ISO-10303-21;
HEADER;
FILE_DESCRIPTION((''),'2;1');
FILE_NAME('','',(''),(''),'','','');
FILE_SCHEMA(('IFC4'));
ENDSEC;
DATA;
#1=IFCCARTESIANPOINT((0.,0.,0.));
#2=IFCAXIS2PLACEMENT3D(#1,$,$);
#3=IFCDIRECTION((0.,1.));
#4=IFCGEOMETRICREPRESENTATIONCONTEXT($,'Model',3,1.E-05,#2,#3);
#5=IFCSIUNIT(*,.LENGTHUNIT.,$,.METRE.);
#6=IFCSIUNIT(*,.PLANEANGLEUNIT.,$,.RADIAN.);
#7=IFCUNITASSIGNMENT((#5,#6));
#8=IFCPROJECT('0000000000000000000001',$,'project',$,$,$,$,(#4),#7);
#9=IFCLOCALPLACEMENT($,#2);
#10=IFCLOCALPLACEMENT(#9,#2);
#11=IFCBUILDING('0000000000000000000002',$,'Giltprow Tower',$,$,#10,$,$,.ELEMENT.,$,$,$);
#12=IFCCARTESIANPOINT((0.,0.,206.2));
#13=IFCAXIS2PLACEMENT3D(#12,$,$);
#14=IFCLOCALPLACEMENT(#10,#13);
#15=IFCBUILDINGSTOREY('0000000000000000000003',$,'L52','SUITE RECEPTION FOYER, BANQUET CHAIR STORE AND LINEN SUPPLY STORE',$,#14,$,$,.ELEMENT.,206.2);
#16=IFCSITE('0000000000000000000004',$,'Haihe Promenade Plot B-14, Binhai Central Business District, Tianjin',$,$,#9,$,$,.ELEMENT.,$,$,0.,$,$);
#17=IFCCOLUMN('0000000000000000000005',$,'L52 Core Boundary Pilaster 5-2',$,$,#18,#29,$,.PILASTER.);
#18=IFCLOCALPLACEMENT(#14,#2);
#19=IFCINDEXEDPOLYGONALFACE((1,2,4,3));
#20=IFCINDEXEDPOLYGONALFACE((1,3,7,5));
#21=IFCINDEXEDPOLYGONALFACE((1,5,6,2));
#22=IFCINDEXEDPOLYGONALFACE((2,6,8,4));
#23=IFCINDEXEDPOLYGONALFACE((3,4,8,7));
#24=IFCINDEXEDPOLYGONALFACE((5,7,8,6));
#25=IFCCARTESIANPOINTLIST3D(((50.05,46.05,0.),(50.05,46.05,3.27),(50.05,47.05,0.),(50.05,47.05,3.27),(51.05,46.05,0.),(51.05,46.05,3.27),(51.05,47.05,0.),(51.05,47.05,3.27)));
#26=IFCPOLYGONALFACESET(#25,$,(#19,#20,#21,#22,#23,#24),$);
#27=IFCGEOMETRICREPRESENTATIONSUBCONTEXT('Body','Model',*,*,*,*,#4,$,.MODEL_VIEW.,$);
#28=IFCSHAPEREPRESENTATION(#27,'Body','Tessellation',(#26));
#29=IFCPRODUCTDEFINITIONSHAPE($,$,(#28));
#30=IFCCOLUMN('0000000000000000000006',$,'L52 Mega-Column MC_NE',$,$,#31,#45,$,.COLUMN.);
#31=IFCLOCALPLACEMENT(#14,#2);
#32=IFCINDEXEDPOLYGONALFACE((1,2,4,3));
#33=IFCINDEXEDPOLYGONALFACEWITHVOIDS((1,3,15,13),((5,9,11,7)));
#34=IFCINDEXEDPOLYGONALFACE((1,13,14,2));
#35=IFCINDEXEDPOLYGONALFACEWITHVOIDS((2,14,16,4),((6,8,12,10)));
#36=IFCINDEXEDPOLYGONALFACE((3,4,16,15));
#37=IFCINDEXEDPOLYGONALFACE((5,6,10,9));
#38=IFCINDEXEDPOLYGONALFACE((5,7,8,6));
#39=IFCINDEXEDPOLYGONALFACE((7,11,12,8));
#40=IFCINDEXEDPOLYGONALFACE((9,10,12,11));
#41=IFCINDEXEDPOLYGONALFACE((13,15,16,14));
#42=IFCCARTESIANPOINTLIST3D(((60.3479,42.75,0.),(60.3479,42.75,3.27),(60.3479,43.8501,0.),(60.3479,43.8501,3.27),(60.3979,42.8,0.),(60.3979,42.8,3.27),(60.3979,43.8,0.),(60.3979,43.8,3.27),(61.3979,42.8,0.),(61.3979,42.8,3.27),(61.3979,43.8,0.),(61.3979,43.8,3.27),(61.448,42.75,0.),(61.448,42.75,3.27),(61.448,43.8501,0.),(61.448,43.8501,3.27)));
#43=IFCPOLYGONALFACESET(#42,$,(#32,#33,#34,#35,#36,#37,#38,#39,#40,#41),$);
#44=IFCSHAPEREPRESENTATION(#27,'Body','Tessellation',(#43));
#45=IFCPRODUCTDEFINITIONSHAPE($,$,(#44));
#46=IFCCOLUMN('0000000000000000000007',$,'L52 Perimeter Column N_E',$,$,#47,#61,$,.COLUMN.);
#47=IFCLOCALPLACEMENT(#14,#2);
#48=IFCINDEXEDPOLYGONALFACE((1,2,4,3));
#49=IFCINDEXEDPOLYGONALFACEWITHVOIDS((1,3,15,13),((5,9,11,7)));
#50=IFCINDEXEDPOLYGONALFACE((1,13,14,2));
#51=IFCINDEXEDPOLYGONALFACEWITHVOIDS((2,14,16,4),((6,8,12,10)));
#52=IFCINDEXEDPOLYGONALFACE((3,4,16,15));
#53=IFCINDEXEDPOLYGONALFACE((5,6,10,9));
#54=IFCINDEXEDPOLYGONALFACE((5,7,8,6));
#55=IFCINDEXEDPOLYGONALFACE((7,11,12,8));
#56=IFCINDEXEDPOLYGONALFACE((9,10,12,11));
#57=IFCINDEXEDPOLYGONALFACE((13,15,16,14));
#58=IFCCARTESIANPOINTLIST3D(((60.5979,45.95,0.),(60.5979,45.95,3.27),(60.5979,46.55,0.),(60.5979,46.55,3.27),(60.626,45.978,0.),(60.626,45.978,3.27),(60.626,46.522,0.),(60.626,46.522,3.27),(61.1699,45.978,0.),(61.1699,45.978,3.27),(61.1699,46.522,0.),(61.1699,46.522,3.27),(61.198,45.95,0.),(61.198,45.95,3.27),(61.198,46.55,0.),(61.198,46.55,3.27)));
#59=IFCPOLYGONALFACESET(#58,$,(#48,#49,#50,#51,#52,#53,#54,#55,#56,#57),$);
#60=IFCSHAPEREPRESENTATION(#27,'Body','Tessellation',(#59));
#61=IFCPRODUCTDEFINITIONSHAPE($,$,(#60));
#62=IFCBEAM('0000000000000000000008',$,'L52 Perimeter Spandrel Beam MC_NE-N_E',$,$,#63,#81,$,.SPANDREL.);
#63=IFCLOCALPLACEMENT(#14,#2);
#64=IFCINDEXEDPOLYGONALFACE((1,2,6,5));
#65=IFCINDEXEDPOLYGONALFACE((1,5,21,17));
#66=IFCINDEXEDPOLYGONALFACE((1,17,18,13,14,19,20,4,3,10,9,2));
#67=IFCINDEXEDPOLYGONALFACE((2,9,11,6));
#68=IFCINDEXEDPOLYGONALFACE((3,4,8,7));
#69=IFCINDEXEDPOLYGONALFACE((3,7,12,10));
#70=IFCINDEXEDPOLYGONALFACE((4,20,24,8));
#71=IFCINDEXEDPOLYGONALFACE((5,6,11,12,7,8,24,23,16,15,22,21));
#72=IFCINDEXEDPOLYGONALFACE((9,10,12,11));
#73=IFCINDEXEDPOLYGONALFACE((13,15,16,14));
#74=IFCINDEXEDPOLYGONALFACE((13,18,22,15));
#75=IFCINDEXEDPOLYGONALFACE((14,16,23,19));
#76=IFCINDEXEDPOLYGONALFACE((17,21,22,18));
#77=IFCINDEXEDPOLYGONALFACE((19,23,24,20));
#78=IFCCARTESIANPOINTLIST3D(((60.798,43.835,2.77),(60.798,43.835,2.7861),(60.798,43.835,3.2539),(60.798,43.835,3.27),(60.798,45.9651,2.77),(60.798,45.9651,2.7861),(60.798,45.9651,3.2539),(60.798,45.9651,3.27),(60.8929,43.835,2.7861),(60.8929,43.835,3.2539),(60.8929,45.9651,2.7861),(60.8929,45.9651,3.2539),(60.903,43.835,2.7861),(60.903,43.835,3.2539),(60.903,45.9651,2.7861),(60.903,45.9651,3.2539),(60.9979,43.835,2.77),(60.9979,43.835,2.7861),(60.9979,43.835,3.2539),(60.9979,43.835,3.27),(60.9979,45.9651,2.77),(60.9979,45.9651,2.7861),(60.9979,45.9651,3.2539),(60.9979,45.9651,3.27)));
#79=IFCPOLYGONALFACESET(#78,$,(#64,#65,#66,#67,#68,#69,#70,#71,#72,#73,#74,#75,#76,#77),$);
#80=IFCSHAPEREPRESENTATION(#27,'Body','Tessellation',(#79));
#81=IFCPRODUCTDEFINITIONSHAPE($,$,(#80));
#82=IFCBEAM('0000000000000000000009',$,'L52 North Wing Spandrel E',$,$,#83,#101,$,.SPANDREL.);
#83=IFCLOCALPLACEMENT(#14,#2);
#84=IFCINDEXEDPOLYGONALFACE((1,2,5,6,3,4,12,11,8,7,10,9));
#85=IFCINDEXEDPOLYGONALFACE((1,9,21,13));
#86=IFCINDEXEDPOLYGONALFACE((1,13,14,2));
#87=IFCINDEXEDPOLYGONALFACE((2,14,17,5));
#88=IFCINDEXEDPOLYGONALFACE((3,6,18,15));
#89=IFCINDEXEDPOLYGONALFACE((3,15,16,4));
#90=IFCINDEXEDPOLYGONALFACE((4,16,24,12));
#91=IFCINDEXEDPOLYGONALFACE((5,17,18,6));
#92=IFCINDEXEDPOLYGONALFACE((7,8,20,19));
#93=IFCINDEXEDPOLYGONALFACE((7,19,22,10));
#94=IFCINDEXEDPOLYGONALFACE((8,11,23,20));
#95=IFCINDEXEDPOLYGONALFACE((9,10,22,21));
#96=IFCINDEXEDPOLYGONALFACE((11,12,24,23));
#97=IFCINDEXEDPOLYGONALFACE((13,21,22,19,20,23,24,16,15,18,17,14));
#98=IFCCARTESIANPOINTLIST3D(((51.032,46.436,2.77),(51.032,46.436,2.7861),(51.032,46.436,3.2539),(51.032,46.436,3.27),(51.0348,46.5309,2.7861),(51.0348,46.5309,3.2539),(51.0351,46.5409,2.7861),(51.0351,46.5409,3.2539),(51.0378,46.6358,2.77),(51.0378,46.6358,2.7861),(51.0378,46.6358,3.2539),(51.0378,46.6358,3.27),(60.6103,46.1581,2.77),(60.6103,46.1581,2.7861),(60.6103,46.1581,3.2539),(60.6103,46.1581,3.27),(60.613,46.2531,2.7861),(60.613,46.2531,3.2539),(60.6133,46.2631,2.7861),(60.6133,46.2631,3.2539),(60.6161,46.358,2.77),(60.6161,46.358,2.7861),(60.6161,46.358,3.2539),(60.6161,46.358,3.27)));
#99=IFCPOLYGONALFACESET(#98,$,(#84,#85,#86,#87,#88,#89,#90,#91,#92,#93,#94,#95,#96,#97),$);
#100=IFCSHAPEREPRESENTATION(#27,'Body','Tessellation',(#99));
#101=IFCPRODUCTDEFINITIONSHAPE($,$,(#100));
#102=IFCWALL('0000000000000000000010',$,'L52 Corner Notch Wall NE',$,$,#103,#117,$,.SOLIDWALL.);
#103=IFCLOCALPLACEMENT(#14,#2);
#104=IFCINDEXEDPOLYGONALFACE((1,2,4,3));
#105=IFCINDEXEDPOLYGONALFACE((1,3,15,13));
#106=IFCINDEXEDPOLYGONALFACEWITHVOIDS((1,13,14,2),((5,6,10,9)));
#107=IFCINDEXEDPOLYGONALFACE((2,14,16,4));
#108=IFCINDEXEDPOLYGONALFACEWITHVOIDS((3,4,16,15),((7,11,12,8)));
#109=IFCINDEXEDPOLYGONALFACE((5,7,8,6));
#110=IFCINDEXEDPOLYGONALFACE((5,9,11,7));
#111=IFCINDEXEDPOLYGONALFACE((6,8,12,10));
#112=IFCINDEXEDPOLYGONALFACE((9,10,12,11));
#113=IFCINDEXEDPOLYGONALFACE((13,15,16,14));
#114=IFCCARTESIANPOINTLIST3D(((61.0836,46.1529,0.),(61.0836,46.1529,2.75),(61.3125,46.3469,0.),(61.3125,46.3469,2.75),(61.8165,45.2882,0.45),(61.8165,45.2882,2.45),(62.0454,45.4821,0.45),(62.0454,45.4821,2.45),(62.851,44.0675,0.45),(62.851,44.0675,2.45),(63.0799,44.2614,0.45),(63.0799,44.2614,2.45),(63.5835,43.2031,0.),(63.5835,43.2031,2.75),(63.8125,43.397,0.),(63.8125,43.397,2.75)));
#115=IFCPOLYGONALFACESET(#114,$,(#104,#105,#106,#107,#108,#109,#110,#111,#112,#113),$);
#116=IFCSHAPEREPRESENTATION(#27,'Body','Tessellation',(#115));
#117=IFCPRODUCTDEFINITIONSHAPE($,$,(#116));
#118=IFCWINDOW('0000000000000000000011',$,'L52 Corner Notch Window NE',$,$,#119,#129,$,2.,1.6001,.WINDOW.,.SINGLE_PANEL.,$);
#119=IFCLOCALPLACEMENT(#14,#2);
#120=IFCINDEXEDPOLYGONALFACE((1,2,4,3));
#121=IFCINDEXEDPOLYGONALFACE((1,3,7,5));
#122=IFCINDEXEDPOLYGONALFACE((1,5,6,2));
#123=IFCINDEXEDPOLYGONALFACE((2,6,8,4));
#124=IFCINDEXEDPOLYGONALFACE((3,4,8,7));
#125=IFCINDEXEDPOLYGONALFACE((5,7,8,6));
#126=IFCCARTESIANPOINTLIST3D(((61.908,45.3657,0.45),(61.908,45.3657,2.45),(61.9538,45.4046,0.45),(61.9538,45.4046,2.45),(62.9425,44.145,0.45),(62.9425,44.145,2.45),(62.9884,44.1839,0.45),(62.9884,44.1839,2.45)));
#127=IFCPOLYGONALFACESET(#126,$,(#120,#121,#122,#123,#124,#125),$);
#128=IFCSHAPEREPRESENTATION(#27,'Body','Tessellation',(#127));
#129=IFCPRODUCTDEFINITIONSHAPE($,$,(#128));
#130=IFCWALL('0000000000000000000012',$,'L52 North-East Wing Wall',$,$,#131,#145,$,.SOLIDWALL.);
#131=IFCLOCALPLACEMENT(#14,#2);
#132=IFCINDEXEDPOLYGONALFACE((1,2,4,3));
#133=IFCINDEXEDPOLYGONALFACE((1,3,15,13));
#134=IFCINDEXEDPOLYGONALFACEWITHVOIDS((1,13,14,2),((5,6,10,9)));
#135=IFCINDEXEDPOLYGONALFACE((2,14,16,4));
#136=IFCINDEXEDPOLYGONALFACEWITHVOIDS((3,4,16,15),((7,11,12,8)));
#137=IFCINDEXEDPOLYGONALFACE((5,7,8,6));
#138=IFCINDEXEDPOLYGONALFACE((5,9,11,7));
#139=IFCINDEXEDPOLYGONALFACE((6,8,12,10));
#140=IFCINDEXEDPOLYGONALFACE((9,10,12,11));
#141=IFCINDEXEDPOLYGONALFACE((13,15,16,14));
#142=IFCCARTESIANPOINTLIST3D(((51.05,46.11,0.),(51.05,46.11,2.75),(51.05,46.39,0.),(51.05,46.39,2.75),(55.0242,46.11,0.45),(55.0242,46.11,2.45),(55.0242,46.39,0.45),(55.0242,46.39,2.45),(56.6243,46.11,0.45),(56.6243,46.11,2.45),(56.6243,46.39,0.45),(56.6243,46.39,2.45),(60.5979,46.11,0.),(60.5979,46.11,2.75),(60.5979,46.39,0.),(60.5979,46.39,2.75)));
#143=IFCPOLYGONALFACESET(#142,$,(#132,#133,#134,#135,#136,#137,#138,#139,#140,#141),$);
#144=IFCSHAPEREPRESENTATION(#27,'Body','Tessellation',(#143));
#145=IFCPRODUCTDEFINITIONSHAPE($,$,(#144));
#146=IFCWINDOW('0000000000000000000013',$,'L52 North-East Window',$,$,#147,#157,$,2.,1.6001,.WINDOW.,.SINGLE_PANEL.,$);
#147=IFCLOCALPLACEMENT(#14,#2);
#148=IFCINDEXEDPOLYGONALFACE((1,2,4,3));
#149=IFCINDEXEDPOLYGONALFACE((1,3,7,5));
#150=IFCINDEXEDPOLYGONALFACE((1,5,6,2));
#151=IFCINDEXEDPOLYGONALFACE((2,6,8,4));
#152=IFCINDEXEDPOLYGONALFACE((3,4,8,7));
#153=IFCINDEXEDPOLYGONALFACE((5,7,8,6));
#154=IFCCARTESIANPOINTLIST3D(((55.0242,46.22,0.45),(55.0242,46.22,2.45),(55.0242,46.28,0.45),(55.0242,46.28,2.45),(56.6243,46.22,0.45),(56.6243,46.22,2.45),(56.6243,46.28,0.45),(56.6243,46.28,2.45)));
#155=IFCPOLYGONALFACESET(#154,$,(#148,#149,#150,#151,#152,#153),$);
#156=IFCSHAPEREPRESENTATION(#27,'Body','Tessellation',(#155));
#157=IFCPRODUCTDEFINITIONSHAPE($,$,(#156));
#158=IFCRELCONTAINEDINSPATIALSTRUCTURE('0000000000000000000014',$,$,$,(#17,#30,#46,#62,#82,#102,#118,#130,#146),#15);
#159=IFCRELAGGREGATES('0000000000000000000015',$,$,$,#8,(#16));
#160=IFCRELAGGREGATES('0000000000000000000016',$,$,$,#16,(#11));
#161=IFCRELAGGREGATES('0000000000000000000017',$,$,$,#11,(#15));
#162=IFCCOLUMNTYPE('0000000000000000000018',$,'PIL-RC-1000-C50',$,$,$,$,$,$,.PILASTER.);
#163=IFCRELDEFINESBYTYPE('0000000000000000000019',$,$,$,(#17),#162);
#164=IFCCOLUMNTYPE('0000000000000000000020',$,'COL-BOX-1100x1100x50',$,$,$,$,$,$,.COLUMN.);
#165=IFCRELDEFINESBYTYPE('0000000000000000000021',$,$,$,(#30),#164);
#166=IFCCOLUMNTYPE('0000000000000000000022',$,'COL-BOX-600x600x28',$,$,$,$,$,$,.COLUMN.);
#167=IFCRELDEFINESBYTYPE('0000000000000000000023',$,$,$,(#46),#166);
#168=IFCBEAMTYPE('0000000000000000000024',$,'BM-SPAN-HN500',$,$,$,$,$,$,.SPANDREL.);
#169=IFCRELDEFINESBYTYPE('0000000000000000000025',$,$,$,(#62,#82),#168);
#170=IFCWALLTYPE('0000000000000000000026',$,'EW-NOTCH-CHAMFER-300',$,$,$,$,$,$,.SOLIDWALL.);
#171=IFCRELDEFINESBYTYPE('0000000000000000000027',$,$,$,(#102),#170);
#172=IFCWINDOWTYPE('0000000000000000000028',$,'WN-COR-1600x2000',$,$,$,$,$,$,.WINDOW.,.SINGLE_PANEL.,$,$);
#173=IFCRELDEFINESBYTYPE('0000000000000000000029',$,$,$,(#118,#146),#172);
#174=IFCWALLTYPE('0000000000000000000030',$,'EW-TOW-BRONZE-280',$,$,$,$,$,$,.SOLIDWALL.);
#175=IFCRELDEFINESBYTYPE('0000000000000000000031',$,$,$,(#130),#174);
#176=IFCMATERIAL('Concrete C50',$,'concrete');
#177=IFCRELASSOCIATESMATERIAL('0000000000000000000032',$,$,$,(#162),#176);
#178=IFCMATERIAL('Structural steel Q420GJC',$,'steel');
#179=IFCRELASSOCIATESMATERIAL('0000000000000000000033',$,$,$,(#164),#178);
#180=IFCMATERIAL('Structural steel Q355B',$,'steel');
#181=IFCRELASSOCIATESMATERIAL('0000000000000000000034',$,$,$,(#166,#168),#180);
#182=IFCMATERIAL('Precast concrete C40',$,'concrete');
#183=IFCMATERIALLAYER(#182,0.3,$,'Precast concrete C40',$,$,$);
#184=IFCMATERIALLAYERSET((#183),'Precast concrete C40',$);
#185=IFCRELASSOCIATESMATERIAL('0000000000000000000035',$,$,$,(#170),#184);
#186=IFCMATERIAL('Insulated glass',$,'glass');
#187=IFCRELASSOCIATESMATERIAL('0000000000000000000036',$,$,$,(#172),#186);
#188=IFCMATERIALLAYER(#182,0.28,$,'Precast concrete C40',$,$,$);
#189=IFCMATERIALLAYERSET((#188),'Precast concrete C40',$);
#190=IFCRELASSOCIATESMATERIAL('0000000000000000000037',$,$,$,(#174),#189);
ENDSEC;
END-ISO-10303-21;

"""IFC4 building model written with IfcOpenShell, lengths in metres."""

from ifc_helpers import new_model, si_unit, direction, frame, frame_2d, origin, origin_2d, place, context, subcontext, project, spatial, rectangle, hollow_rectangle, i_section, extrude, source, transform, mapped, material, layer, layer_set, material_profile, profile_set, type_object, element, fill, save


model = new_model("IFC4")

# Units and contexts
model_context = context("Model", 3, precision=1e-05, world=origin(), true_north=direction((0.0, 1.0)))
body_context = subcontext(model_context, "Body", "Model", "MODEL_VIEW")
ifc_project = project(units=[si_unit("LENGTHUNIT", "METRE"), si_unit("PLANEANGLEUNIT", "RADIAN")], contexts=[model_context])

# Site, building, storey
site_placement = place(None, origin())
site = spatial("IfcSite", under=ifc_project, at=site_placement, Name="Haihe Promenade Plot B-14, Binhai Central Business District, Tianjin", CompositionType="ELEMENT", RefElevation=0.0)
building_placement = place(site_placement, origin())
building = spatial("IfcBuilding", under=site, at=building_placement, Name="Giltprow Tower", CompositionType="ELEMENT")
storey_placement = place(building_placement, frame((0.0, 0.0, 206.2)))
storey = spatial("IfcBuildingStorey", under=building, at=storey_placement, Name="L52", Description="SUITE RECEPTION FOYER, BANQUET CHAIR STORE AND LINEN SUPPLY STORE", CompositionType="ELEMENT", Elevation=206.2)

# Columns
ifc_material_1 = material(Name="Concrete C50", Category="concrete")
ifc_material_profile_1 = material_profile(ifc_material_1, rectangle(XDim=1.0, YDim=1.0, at=origin_2d()), Name="RC 1000x1000")
ifc_profile_set_1 = profile_set([ifc_material_profile_1], Name="Concrete C50")
column_type_1 = type_object("IfcColumnType", Name="PIL-RC-1000-C50", PredefinedType="PILASTER", material=ifc_profile_set_1)
shared_shape_1 = source(origin(), body_context, "Body", "SweptSolid", [
    extrude(rectangle(XDim=1.0, YDim=1.0, at=origin_2d()), origin(), (0.0, 0.0, 1.0), 3.27),
])
column_1_placement = place(storey_placement, frame((50.55, 46.55, 0.0), z_axis=(0.0, 0.0, 1.0), x_axis=(1.0, 0.0, 0.0)))
element("IfcColumn", 1, at=column_1_placement, inside=storey, type_object=column_type_1, Name="L52 Core Boundary Pilaster 5-2", PredefinedType="PILASTER", context=body_context, shape_type="MappedRepresentation", body=[
    mapped(shared_shape_1, transform((0.0, 0.0, 0.0), x_axis=(1.0, 0.0, 0.0), y_axis=(0.0, 1.0, 0.0), z_axis=(0.0, 0.0, 1.0), scale=1.0)),
])
ifc_material_2 = material(Name="Structural steel Q420GJC", Category="steel")
ifc_material_profile_2 = material_profile(ifc_material_2, hollow_rectangle(XDim=1.1001, YDim=1.1001, WallThickness=0.05, at=origin_2d()), Name="BOX 1100x1100x50")
ifc_profile_set_2 = profile_set([ifc_material_profile_2], Name="Structural steel Q420GJC")
column_type_2 = type_object("IfcColumnType", Name="COL-BOX-1100x1100x50", PredefinedType="COLUMN", material=ifc_profile_set_2)
shared_shape_2 = source(origin(), body_context, "Body", "SweptSolid", [
    extrude(hollow_rectangle(XDim=1.1001, YDim=1.1001, WallThickness=0.05, at=origin_2d()), origin(), (0.0, 0.0, 1.0), 3.27),
])
column_2_placement = place(storey_placement, frame((60.8979, 43.3, 0.0), z_axis=(0.0, 0.0, 1.0), x_axis=(1.0, 0.0, 0.0)))
element("IfcColumn", 2, at=column_2_placement, inside=storey, type_object=column_type_2, Name="L52 Mega-Column MC_NE", PredefinedType="COLUMN", context=body_context, shape_type="MappedRepresentation", body=[
    mapped(shared_shape_2, transform((0.0, 0.0, 0.0), x_axis=(1.0, 0.0, 0.0), y_axis=(0.0, 1.0, 0.0), z_axis=(0.0, 0.0, 1.0), scale=1.0)),
])
ifc_material_3 = material(Name="Structural steel Q355B", Category="steel")
ifc_material_profile_3 = material_profile(ifc_material_3, hollow_rectangle(XDim=0.6001, YDim=0.6001, WallThickness=0.0281, at=origin_2d()), Name="BOX 600x600x28")
ifc_profile_set_3 = profile_set([ifc_material_profile_3], Name="Structural steel Q355B")
column_type_3 = type_object("IfcColumnType", Name="COL-BOX-600x600x28", PredefinedType="COLUMN", material=ifc_profile_set_3)
shared_shape_3 = source(origin(), body_context, "Body", "SweptSolid", [
    extrude(hollow_rectangle(XDim=0.6001, YDim=0.6001, WallThickness=0.0281, at=origin_2d()), origin(), (0.0, 0.0, 1.0), 3.27),
])
column_3_placement = place(storey_placement, frame((60.8979, 46.25, 0.0), z_axis=(0.0, 0.0, 1.0), x_axis=(1.0, 0.0, 0.0)))
element("IfcColumn", 3, at=column_3_placement, inside=storey, type_object=column_type_3, Name="L52 Perimeter Column N_E", PredefinedType="COLUMN", context=body_context, shape_type="MappedRepresentation", body=[
    mapped(shared_shape_3, transform((0.0, 0.0, 0.0), x_axis=(1.0, 0.0, 0.0), y_axis=(0.0, 1.0, 0.0), z_axis=(0.0, 0.0, 1.0), scale=1.0)),
])

# Beams
ifc_material_profile_4 = material_profile(ifc_material_3, i_section(OverallWidth=0.2, OverallDepth=0.5, WebThickness=0.01, FlangeThickness=0.0161, at=origin_2d()), Name="HN 500x200x10x16")
ifc_profile_set_4 = profile_set([ifc_material_profile_4], Name="Structural steel Q355B")
beam_type = type_object("IfcBeamType", Name="BM-SPAN-HN500", PredefinedType="SPANDREL", material=ifc_profile_set_4)
shared_shape_4 = source(origin(), body_context, "Body", "SweptSolid", [
    extrude(i_section(OverallWidth=0.2, OverallDepth=0.5, WebThickness=0.01, FlangeThickness=0.0161, at=origin_2d()), origin(), (0.0, 0.0, 1.0), 2.1301),
])
beam_1_placement = place(storey_placement, frame((60.8979, 43.835, 3.02), z_axis=(0.0, 1.0, 0.0), x_axis=(-1.0, 0.0, 0.0)))
element("IfcBeam", 4, at=beam_1_placement, inside=storey, type_object=beam_type, Name="L52 Perimeter Spandrel Beam MC_NE-N_E", PredefinedType="SPANDREL", context=body_context, shape_type="MappedRepresentation", body=[
    mapped(shared_shape_4, transform((0.0, 0.0, 0.0), x_axis=(1.0, 0.0, 0.0), y_axis=(0.0, 1.0, 0.0), z_axis=(0.0, 0.0, 1.0), scale=1.0)),
])
shared_shape_5 = source(origin(), body_context, "Body", "SweptSolid", [
    extrude(i_section(OverallWidth=0.2, OverallDepth=0.5, WebThickness=0.01, FlangeThickness=0.0161, at=origin_2d()), origin(), (0.0, 0.0, 1.0), 9.5823),
])
beam_2_placement = place(storey_placement, frame((51.0349, 46.5359, 3.02), z_axis=(0.99958, -0.028995, 0.0), x_axis=(0.028995, 0.99958, 0.0)))
element("IfcBeam", 5, at=beam_2_placement, inside=storey, type_object=beam_type, Name="L52 North Wing Spandrel E", PredefinedType="SPANDREL", context=body_context, shape_type="MappedRepresentation", body=[
    mapped(shared_shape_5, transform((0.0, 0.0, 0.0), x_axis=(1.0, 0.0, 0.0), y_axis=(0.0, 1.0, 0.0), z_axis=(0.0, 0.0, 1.0), scale=1.0)),
])

# Walls, openings, windows
ifc_material_4 = material(Name="Precast concrete C40", Category="concrete")
ifc_layer_1 = layer(ifc_material_4, 0.3, Name="Precast concrete C40")
ifc_layer_set_1 = layer_set([ifc_layer_1], Name="Precast concrete C40")
wall_type_1 = type_object("IfcWallType", Name="EW-NOTCH-CHAMFER-300", PredefinedType="SOLIDWALL", material=ifc_layer_set_1)
wall_1_placement = place(storey_placement, frame((63.698, 43.3, 0.0), z_axis=(0.0, 0.0, 1.0), x_axis=(-0.646528, 0.76289, 0.0)))
wall_1 = element("IfcWall", 6, at=wall_1_placement, inside=storey, type_object=wall_type_1, Name="L52 Corner Notch Wall NE", PredefinedType="SOLIDWALL", context=body_context, shape_type="SweptSolid", body=[
    extrude(rectangle(XDim=3.8667, YDim=0.3, at=frame_2d((1.9333, 0.0))), origin(), (0.0, 0.0, 1.0), 2.75),
])
opening_1_placement = place(wall_1_placement, frame((1.1331, 0.0, 0.45)))
opening_1 = element("IfcOpeningElement", 7, at=opening_1_placement, cuts=wall_1, PredefinedType="OPENING", context=body_context, shape_type="SweptSolid", body=[
    extrude(rectangle(XDim=1.6001, YDim=2.0, at=frame_2d((0.8, 1.0))), frame((0.0, 0.1599, 0.0), z_axis=(0.0, -1.0, 0.0), x_axis=(1.0, 0.0, 0.0)), (0.0, 0.0, 1.0), 0.3201),
])
ifc_material_5 = material(Name="Insulated glass", Category="glass")
window_type = type_object("IfcWindowType", Name="WN-COR-1600x2000", PartitioningType="SINGLE_PANEL", PredefinedType="WINDOW", material=ifc_material_5)
shared_shape_6 = source(origin(), body_context, "Body", "SweptSolid", [
    extrude(rectangle(XDim=1.6001, YDim=2.0, at=frame_2d((0.8, 1.0))), frame((0.0, 0.03, 0.0), z_axis=(0.0, -1.0, 0.0), x_axis=(1.0, 0.0, 0.0)), (0.0, 0.0, 1.0), 0.0601),
])
window_1_placement = place(opening_1_placement, origin())
window_1 = element("IfcWindow", 8, at=window_1_placement, inside=storey, type_object=window_type, Name="L52 Corner Notch Window NE", OverallHeight=2.0, OverallWidth=1.6001, PartitioningType="SINGLE_PANEL", PredefinedType="WINDOW", context=body_context, shape_type="MappedRepresentation", body=[
    mapped(shared_shape_6, transform((0.0, 0.0, 0.0), x_axis=(1.0, 0.0, 0.0), y_axis=(0.0, 1.0, 0.0), z_axis=(0.0, 0.0, 1.0), scale=1.0)),
])
fill(opening_1, window_1)
ifc_layer_2 = layer(ifc_material_4, 0.28, Name="Precast concrete C40")
ifc_layer_set_2 = layer_set([ifc_layer_2], Name="Precast concrete C40")
wall_type_2 = type_object("IfcWallType", Name="EW-TOW-BRONZE-280", PredefinedType="SOLIDWALL", material=ifc_layer_set_2)
wall_2_placement = place(storey_placement, frame((51.05, 46.25, 0.0), z_axis=(0.0, 0.0, 1.0), x_axis=(1.0, 0.0, 0.0)))
wall_2 = element("IfcWall", 9, at=wall_2_placement, inside=storey, type_object=wall_type_2, Name="L52 North-East Wing Wall", PredefinedType="SOLIDWALL", context=body_context, shape_type="SweptSolid", body=[
    extrude(rectangle(XDim=9.5479, YDim=0.28, at=frame_2d((4.7739, 0.0))), origin(), (0.0, 0.0, 1.0), 2.75),
])
opening_2_placement = place(wall_2_placement, frame((3.9741, 0.0, 0.45)))
opening_2 = element("IfcOpeningElement", 10, at=opening_2_placement, cuts=wall_2, PredefinedType="OPENING", context=body_context, shape_type="SweptSolid", body=[
    extrude(rectangle(XDim=1.6001, YDim=2.0, at=frame_2d((0.8, 1.0))), frame((0.0, 0.1499, 0.0), z_axis=(0.0, -1.0, 0.0), x_axis=(1.0, 0.0, 0.0)), (0.0, 0.0, 1.0), 0.3),
])
window_2_placement = place(opening_2_placement, origin())
window_2 = element("IfcWindow", 11, at=window_2_placement, inside=storey, type_object=window_type, Name="L52 North-East Window", OverallHeight=2.0, OverallWidth=1.6001, PartitioningType="SINGLE_PANEL", PredefinedType="WINDOW", context=body_context, shape_type="MappedRepresentation", body=[
    mapped(shared_shape_6, transform((0.0, 0.0, 0.0), x_axis=(1.0, 0.0, 0.0), y_axis=(0.0, 1.0, 0.0), z_axis=(0.0, 0.0, 1.0), scale=1.0)),
])
fill(opening_2, window_2)

save(model, "model.ifc")
